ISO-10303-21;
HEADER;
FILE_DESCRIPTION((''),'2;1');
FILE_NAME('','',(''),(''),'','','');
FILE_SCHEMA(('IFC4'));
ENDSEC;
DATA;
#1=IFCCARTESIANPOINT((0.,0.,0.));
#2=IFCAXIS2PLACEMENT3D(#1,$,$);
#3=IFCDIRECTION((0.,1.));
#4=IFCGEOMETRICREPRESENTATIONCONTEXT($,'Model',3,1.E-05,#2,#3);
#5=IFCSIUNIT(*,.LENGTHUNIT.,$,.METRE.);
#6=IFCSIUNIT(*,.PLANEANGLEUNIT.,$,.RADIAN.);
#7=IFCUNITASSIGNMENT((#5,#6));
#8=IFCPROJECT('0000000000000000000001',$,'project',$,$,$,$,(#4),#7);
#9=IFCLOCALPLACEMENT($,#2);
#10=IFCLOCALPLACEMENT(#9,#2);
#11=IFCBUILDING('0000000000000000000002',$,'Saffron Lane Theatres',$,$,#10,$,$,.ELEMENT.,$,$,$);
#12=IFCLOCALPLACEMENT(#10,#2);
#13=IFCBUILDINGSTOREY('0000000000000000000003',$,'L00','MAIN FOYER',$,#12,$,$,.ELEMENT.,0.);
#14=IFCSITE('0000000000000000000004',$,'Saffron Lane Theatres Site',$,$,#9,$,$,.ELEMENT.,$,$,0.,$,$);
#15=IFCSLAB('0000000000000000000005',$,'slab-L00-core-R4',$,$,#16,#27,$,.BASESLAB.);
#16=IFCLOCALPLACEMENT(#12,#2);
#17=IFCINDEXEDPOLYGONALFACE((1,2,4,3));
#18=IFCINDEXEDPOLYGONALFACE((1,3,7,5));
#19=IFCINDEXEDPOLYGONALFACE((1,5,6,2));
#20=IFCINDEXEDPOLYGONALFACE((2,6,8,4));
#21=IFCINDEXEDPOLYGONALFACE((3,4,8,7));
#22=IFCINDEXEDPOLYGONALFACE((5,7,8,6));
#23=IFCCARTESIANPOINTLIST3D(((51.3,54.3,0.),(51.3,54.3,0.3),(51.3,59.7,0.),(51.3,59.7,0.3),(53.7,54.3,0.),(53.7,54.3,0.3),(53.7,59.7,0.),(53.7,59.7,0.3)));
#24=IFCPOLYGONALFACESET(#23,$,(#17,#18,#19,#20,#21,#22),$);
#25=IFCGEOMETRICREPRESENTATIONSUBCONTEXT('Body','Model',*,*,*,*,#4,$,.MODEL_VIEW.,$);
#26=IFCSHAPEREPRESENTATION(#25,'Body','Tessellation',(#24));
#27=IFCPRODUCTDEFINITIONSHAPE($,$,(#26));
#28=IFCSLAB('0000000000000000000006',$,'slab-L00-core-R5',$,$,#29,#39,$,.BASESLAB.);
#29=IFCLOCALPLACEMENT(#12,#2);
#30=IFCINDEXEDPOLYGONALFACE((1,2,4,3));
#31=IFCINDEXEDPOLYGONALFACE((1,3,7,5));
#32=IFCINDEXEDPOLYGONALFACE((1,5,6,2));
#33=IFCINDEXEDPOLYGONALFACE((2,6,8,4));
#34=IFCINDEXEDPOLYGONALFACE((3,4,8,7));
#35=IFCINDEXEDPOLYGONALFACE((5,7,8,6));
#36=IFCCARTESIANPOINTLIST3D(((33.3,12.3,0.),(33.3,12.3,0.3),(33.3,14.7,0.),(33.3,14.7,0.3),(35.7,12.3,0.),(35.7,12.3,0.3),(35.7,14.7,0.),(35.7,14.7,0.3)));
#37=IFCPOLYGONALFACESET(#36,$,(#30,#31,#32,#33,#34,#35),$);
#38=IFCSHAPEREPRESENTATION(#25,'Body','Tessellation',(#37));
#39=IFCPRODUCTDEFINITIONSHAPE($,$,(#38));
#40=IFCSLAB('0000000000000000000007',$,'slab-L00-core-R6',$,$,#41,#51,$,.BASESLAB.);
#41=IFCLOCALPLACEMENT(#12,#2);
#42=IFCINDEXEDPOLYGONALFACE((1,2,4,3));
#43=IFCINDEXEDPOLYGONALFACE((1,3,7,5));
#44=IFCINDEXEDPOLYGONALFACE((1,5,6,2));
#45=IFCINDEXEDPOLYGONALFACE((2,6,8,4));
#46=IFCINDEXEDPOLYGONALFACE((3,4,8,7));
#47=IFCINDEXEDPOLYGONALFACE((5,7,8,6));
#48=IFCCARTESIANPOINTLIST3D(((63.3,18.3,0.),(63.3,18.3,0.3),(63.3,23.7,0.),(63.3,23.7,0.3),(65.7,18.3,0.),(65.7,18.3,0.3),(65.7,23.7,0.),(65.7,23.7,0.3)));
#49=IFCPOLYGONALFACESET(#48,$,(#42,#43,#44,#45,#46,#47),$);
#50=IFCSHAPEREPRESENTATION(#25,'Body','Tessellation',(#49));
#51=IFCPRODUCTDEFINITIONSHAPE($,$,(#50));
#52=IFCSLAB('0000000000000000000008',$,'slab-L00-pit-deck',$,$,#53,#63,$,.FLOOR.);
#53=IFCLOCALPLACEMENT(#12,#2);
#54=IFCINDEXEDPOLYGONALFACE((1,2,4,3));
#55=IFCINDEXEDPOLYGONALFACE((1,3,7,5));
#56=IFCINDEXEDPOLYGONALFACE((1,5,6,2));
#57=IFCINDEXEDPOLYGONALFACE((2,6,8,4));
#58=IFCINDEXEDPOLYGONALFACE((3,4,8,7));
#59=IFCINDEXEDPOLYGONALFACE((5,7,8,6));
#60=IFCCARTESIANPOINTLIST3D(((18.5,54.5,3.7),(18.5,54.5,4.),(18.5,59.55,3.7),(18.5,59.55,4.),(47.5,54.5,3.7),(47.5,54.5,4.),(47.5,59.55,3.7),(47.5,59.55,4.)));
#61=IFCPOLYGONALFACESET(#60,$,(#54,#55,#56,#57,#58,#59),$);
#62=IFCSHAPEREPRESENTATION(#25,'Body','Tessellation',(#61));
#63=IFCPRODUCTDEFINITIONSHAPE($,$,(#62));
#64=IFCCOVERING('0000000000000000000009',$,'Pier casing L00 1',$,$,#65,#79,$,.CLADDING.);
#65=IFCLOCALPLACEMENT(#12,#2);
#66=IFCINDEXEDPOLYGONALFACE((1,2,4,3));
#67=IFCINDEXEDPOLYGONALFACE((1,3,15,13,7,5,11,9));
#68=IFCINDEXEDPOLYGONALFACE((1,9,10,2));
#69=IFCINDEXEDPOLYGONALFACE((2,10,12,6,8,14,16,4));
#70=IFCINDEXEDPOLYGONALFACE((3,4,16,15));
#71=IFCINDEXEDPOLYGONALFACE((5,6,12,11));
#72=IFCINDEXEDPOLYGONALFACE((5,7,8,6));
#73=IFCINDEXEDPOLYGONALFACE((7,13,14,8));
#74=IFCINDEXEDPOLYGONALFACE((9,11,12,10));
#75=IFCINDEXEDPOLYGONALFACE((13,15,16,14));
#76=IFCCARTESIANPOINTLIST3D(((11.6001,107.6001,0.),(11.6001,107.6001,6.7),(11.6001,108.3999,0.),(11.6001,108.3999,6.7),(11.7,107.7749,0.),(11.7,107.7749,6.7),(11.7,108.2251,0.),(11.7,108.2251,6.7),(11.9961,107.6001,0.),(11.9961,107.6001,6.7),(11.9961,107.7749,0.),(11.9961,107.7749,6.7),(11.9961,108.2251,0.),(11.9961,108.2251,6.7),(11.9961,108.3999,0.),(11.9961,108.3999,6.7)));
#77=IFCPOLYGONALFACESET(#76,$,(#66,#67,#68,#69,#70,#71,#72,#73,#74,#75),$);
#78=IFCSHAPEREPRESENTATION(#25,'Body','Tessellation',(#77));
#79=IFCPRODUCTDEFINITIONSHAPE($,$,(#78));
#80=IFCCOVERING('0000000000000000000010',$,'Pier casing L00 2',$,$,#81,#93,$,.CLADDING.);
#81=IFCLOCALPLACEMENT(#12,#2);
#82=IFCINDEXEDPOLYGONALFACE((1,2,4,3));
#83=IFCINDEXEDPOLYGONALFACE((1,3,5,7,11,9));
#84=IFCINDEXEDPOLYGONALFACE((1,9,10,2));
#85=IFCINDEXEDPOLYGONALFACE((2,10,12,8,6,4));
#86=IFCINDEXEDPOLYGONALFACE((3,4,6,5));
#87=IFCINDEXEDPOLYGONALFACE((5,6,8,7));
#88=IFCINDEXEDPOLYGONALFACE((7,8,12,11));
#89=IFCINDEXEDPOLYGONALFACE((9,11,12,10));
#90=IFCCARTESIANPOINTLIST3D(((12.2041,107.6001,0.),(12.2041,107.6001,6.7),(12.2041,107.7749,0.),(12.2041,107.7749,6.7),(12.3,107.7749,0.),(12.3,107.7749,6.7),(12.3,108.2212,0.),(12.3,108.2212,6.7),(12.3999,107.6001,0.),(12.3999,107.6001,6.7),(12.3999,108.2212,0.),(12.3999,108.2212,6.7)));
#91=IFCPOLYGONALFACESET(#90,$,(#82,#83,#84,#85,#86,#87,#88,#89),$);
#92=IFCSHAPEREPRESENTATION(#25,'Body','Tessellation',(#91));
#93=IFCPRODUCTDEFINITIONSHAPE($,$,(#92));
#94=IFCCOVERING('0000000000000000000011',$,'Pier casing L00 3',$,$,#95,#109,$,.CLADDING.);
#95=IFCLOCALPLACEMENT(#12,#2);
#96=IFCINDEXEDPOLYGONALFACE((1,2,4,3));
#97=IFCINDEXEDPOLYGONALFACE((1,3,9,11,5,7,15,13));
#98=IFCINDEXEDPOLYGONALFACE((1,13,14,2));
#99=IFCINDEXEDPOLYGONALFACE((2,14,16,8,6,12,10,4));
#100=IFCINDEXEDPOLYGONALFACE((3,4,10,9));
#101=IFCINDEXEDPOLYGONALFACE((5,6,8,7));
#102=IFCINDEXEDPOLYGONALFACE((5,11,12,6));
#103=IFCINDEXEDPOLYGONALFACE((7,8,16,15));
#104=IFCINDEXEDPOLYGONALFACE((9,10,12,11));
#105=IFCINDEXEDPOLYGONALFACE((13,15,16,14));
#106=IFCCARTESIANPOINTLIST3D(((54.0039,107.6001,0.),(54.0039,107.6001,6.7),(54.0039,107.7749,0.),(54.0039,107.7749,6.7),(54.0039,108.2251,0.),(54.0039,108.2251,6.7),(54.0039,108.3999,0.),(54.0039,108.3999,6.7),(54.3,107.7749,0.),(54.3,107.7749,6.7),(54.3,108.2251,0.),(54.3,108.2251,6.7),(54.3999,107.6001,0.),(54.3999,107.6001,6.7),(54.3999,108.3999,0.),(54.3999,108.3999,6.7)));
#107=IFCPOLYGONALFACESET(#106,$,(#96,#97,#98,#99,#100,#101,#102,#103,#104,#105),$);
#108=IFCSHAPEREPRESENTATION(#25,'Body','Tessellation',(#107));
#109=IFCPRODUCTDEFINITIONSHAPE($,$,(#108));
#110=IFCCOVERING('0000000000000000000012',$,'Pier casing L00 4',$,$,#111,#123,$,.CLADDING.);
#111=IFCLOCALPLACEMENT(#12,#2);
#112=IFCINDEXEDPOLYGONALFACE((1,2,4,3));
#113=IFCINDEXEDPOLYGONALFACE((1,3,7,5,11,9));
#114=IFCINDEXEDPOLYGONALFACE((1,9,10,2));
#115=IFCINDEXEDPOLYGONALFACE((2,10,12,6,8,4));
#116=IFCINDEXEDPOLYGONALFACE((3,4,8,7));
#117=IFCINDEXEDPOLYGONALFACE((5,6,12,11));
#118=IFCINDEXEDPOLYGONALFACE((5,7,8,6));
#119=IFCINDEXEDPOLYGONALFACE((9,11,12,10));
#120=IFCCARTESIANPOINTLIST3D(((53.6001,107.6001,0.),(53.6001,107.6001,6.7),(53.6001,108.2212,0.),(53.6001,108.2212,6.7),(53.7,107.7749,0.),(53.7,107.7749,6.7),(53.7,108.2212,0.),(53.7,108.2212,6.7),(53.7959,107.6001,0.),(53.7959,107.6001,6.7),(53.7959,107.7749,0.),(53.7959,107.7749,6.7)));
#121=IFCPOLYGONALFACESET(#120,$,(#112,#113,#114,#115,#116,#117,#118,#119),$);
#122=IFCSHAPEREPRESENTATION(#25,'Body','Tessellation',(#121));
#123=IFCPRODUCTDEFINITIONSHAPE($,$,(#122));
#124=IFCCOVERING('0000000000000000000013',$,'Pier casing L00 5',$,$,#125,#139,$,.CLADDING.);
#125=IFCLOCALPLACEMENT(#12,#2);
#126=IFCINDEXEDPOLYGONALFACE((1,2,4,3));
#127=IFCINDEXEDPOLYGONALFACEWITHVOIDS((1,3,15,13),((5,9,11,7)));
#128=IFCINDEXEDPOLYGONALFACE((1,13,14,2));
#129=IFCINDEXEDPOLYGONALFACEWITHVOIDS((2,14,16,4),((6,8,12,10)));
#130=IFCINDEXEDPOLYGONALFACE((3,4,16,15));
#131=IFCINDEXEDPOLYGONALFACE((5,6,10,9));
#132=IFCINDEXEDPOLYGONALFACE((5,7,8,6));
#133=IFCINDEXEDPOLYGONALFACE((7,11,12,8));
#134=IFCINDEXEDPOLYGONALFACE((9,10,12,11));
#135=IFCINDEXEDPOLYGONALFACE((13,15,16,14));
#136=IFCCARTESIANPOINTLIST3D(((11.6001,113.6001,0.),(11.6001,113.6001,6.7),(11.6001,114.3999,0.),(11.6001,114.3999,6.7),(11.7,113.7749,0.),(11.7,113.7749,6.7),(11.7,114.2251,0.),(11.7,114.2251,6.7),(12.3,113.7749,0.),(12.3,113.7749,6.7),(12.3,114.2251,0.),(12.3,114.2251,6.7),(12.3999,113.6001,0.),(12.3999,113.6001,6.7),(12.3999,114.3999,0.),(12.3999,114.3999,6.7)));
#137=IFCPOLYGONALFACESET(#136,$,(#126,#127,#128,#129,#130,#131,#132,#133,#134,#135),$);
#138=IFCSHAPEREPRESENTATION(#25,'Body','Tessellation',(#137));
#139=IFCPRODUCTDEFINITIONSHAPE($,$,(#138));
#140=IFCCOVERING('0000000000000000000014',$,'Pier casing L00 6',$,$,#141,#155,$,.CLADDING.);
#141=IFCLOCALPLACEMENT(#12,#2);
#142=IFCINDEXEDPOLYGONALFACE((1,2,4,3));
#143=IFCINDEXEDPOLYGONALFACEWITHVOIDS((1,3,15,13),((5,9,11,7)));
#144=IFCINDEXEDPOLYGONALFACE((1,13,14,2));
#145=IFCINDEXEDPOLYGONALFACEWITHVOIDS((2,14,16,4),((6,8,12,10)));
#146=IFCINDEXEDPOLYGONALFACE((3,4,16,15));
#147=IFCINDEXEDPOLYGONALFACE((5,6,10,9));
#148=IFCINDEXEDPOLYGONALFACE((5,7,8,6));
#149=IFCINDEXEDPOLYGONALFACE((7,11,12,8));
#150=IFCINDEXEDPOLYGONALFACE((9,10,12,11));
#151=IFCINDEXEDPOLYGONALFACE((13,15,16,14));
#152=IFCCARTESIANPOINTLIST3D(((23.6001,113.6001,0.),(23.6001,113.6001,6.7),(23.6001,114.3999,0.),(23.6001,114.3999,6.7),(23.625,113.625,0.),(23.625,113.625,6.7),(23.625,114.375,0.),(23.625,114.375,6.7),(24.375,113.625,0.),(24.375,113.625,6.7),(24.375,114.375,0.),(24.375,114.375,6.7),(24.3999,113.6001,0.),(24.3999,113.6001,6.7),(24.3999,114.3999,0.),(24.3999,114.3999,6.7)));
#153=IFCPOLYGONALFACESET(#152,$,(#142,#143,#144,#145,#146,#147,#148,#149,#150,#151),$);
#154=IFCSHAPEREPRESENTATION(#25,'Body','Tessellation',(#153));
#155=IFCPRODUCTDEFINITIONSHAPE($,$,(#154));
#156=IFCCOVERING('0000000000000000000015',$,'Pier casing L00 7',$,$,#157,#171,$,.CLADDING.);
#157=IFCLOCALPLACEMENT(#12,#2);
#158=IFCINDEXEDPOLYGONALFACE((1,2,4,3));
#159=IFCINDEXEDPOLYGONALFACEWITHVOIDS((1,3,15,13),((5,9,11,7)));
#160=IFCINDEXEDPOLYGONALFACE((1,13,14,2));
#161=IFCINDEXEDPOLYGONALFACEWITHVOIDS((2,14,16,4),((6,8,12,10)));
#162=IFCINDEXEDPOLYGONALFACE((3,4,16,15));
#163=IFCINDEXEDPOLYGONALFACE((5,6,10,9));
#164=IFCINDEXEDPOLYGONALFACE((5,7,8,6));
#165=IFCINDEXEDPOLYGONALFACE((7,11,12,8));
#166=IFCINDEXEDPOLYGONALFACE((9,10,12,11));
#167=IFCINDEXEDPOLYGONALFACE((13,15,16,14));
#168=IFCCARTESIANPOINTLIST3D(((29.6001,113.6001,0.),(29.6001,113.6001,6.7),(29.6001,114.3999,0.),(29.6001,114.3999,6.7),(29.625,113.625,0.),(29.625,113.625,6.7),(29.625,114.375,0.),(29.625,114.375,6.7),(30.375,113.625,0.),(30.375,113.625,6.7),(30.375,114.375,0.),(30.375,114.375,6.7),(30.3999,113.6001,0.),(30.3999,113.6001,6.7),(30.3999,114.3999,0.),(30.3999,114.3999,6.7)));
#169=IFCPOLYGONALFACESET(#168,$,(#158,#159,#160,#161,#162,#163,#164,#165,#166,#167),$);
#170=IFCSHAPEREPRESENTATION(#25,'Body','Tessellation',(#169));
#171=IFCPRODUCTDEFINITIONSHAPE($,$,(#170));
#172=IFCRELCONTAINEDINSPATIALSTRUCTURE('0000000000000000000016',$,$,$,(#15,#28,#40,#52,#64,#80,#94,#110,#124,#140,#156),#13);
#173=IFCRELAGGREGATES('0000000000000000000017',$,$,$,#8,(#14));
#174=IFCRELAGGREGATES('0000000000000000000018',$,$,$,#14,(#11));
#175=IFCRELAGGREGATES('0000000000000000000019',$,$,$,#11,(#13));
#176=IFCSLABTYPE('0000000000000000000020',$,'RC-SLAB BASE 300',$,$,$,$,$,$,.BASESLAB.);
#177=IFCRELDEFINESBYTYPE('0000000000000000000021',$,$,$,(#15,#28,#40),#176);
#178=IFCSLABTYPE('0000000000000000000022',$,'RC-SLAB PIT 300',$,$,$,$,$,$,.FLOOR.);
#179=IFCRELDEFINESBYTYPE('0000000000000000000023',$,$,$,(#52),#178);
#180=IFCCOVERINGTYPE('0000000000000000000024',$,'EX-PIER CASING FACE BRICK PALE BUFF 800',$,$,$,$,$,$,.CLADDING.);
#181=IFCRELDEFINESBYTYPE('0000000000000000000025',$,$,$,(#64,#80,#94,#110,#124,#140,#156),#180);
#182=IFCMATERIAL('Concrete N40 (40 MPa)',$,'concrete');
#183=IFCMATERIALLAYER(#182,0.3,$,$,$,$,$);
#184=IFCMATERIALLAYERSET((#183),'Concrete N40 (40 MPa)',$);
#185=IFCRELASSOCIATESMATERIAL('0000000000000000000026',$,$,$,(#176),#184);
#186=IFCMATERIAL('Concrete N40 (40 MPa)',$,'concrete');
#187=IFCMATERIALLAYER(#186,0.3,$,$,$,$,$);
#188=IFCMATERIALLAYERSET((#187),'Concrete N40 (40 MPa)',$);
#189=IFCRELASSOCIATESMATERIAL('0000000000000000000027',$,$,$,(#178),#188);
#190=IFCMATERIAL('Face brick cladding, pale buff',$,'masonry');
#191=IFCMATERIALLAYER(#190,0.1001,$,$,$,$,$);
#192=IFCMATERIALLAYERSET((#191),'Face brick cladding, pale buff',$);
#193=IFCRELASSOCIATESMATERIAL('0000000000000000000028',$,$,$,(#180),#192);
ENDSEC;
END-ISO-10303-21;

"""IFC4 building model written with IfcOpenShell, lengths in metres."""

from ifc_helpers import new_model, si_unit, direction, frame, origin, place, context, subcontext, project, spatial, polyline, outline, extrude, material, layer, layer_set, type_object, element, save


model = new_model("IFC4")

# Units and contexts
model_context = context("Model", 3, precision=1e-05, world=origin(), true_north=direction((0.0, 1.0)))
body_context = subcontext(model_context, "Body", "Model", "MODEL_VIEW")
ifc_project = project(units=[si_unit("LENGTHUNIT", "METRE"), si_unit("PLANEANGLEUNIT", "RADIAN")], contexts=[model_context])

# Site, building, storey
site_placement = place(None, origin())
site = spatial("IfcSite", under=ifc_project, at=site_placement, Name="Saffron Lane Theatres Site", CompositionType="ELEMENT", RefElevation=0.0)
building_placement = place(site_placement, origin())
building = spatial("IfcBuilding", under=site, at=building_placement, Name="Saffron Lane Theatres", CompositionType="ELEMENT")
storey_placement = place(building_placement, origin())
storey = spatial("IfcBuildingStorey", under=building, at=storey_placement, Name="L00", Description="MAIN FOYER", CompositionType="ELEMENT", Elevation=0.0)

# Slabs
ifc_material_1 = material(Name="Concrete N40 (40 MPa)", Category="concrete")
ifc_layer_1 = layer(ifc_material_1, 0.3)
ifc_layer_set_1 = layer_set([ifc_layer_1], Name="Concrete N40 (40 MPa)")
slab_type_1 = type_object("IfcSlabType", Name="RC-SLAB BASE 300", PredefinedType="BASESLAB", material=ifc_layer_set_1)
slab_1_placement = place(storey_placement, origin())
element("IfcSlab", 1, at=slab_1_placement, inside=storey, type_object=slab_type_1, Name="slab-L00-core-R4", PredefinedType="BASESLAB", context=body_context, shape_type="SweptSolid", body=[
    extrude(outline(polyline([(51.3, 54.3), (53.7, 54.3), (53.7, 59.7), (51.3, 59.7), (51.3, 54.3)])), origin(), (0.0, 0.0, 1.0), 0.3),
])
slab_2_placement = place(storey_placement, origin())
element("IfcSlab", 2, at=slab_2_placement, inside=storey, type_object=slab_type_1, Name="slab-L00-core-R5", PredefinedType="BASESLAB", context=body_context, shape_type="SweptSolid", body=[
    extrude(outline(polyline([(33.3, 12.3), (35.7, 12.3), (35.7, 14.7), (33.3, 14.7), (33.3, 12.3)])), origin(), (0.0, 0.0, 1.0), 0.3),
])
slab_3_placement = place(storey_placement, origin())
element("IfcSlab", 3, at=slab_3_placement, inside=storey, type_object=slab_type_1, Name="slab-L00-core-R6", PredefinedType="BASESLAB", context=body_context, shape_type="SweptSolid", body=[
    extrude(outline(polyline([(63.3, 18.3), (65.7, 18.3), (65.7, 23.7), (63.3, 23.7), (63.3, 18.3)])), origin(), (0.0, 0.0, 1.0), 0.3),
])
ifc_material_2 = material(Name="Concrete N40 (40 MPa)", Category="concrete")
ifc_layer_2 = layer(ifc_material_2, 0.3)
ifc_layer_set_2 = layer_set([ifc_layer_2], Name="Concrete N40 (40 MPa)")
slab_type_2 = type_object("IfcSlabType", Name="RC-SLAB PIT 300", PredefinedType="FLOOR", material=ifc_layer_set_2)
slab_4_placement = place(storey_placement, frame((0.0, 0.0, 3.7)))
element("IfcSlab", 4, at=slab_4_placement, inside=storey, type_object=slab_type_2, Name="slab-L00-pit-deck", PredefinedType="FLOOR", context=body_context, shape_type="SweptSolid", body=[
    extrude(outline(polyline([(18.5, 54.5), (47.5, 54.5), (47.5, 59.55), (18.5, 59.55), (18.5, 54.5)])), origin(), (0.0, 0.0, 1.0), 0.3),
])

# Coverings
ifc_material_3 = material(Name="Face brick cladding, pale buff", Category="masonry")
ifc_layer_3 = layer(ifc_material_3, 0.1001)
ifc_layer_set_3 = layer_set([ifc_layer_3], Name="Face brick cladding, pale buff")
covering_type = type_object("IfcCoveringType", Name="EX-PIER CASING FACE BRICK PALE BUFF 800", PredefinedType="CLADDING", material=ifc_layer_set_3)
covering_1_placement = place(storey_placement, origin())
element("IfcCovering", 5, at=covering_1_placement, inside=storey, type_object=covering_type, Name="Pier casing L00 1", PredefinedType="CLADDING", context=body_context, shape_type="SweptSolid", body=[
    extrude(outline(polyline([(11.9961, 108.3999), (11.6001, 108.3999), (11.6001, 107.6001), (11.9961, 107.6001), (11.9961, 107.7749), (11.9961, 107.7749), (11.7, 107.7749), (11.7, 108.2251), (11.9961, 108.2251), (11.9961, 108.2251), (11.9961, 108.3999)])), origin(), (0.0, 0.0, 1.0), 6.7),
])
covering_2_placement = place(storey_placement, origin())
element("IfcCovering", 6, at=covering_2_placement, inside=storey, type_object=covering_type, Name="Pier casing L00 2", PredefinedType="CLADDING", context=body_context, shape_type="SweptSolid", body=[
    extrude(outline(polyline([(12.3999, 107.6001), (12.3999, 108.2212), (12.3, 108.2212), (12.3, 107.7749), (12.2041, 107.7749), (12.2041, 107.7749), (12.2041, 107.6001), (12.3999, 107.6001)])), origin(), (0.0, 0.0, 1.0), 6.7),
])
covering_3_placement = place(storey_placement, origin())
element("IfcCovering", 7, at=covering_3_placement, inside=storey, type_object=covering_type, Name="Pier casing L00 3", PredefinedType="CLADDING", context=body_context, shape_type="SweptSolid", body=[
    extrude(outline(polyline([(54.3999, 108.3999), (54.0039, 108.3999), (54.0039, 108.2251), (54.0039, 108.2251), (54.3, 108.2251), (54.3, 107.7749), (54.0039, 107.7749), (54.0039, 107.7749), (54.0039, 107.6001), (54.3999, 107.6001), (54.3999, 108.3999)])), origin(), (0.0, 0.0, 1.0), 6.7),
])
covering_4_placement = place(storey_placement, origin())
element("IfcCovering", 8, at=covering_4_placement, inside=storey, type_object=covering_type, Name="Pier casing L00 4", PredefinedType="CLADDING", context=body_context, shape_type="SweptSolid", body=[
    extrude(outline(polyline([(53.6001, 107.6001), (53.7959, 107.6001), (53.7959, 107.7749), (53.7959, 107.7749), (53.7, 107.7749), (53.7, 108.2212), (53.6001, 108.2212), (53.6001, 107.6001)])), origin(), (0.0, 0.0, 1.0), 6.7),
])
covering_5_placement = place(storey_placement, origin())
element("IfcCovering", 9, at=covering_5_placement, inside=storey, type_object=covering_type, Name="Pier casing L00 5", PredefinedType="CLADDING", context=body_context, shape_type="SweptSolid", body=[
    extrude(outline(polyline([(12.3999, 114.3999), (11.6001, 114.3999), (11.6001, 113.6001), (12.3999, 113.6001), (12.3999, 114.3999)]), holes=[polyline([(11.7, 114.2251), (12.3, 114.2251), (12.3, 113.7749), (11.7, 113.7749), (11.7, 114.2251)])]), origin(), (0.0, 0.0, 1.0), 6.7),
])
covering_6_placement = place(storey_placement, origin())
element("IfcCovering", 10, at=covering_6_placement, inside=storey, type_object=covering_type, Name="Pier casing L00 6", PredefinedType="CLADDING", context=body_context, shape_type="SweptSolid", body=[
    extrude(outline(polyline([(24.3999, 114.3999), (23.6001, 114.3999), (23.6001, 113.6001), (24.3999, 113.6001), (24.3999, 114.3999)]), holes=[polyline([(23.625, 114.375), (24.375, 114.375), (24.375, 113.625), (23.625, 113.625), (23.625, 114.375)])]), origin(), (0.0, 0.0, 1.0), 6.7),
])
covering_7_placement = place(storey_placement, origin())
element("IfcCovering", 11, at=covering_7_placement, inside=storey, type_object=covering_type, Name="Pier casing L00 7", PredefinedType="CLADDING", context=body_context, shape_type="SweptSolid", body=[
    extrude(outline(polyline([(30.3999, 114.3999), (29.6001, 114.3999), (29.6001, 113.6001), (30.3999, 113.6001), (30.3999, 114.3999)]), holes=[polyline([(29.625, 114.375), (30.375, 114.375), (30.375, 113.625), (29.625, 113.625), (29.625, 114.375)])]), origin(), (0.0, 0.0, 1.0), 6.7),
])

save(model, "model.ifc")
